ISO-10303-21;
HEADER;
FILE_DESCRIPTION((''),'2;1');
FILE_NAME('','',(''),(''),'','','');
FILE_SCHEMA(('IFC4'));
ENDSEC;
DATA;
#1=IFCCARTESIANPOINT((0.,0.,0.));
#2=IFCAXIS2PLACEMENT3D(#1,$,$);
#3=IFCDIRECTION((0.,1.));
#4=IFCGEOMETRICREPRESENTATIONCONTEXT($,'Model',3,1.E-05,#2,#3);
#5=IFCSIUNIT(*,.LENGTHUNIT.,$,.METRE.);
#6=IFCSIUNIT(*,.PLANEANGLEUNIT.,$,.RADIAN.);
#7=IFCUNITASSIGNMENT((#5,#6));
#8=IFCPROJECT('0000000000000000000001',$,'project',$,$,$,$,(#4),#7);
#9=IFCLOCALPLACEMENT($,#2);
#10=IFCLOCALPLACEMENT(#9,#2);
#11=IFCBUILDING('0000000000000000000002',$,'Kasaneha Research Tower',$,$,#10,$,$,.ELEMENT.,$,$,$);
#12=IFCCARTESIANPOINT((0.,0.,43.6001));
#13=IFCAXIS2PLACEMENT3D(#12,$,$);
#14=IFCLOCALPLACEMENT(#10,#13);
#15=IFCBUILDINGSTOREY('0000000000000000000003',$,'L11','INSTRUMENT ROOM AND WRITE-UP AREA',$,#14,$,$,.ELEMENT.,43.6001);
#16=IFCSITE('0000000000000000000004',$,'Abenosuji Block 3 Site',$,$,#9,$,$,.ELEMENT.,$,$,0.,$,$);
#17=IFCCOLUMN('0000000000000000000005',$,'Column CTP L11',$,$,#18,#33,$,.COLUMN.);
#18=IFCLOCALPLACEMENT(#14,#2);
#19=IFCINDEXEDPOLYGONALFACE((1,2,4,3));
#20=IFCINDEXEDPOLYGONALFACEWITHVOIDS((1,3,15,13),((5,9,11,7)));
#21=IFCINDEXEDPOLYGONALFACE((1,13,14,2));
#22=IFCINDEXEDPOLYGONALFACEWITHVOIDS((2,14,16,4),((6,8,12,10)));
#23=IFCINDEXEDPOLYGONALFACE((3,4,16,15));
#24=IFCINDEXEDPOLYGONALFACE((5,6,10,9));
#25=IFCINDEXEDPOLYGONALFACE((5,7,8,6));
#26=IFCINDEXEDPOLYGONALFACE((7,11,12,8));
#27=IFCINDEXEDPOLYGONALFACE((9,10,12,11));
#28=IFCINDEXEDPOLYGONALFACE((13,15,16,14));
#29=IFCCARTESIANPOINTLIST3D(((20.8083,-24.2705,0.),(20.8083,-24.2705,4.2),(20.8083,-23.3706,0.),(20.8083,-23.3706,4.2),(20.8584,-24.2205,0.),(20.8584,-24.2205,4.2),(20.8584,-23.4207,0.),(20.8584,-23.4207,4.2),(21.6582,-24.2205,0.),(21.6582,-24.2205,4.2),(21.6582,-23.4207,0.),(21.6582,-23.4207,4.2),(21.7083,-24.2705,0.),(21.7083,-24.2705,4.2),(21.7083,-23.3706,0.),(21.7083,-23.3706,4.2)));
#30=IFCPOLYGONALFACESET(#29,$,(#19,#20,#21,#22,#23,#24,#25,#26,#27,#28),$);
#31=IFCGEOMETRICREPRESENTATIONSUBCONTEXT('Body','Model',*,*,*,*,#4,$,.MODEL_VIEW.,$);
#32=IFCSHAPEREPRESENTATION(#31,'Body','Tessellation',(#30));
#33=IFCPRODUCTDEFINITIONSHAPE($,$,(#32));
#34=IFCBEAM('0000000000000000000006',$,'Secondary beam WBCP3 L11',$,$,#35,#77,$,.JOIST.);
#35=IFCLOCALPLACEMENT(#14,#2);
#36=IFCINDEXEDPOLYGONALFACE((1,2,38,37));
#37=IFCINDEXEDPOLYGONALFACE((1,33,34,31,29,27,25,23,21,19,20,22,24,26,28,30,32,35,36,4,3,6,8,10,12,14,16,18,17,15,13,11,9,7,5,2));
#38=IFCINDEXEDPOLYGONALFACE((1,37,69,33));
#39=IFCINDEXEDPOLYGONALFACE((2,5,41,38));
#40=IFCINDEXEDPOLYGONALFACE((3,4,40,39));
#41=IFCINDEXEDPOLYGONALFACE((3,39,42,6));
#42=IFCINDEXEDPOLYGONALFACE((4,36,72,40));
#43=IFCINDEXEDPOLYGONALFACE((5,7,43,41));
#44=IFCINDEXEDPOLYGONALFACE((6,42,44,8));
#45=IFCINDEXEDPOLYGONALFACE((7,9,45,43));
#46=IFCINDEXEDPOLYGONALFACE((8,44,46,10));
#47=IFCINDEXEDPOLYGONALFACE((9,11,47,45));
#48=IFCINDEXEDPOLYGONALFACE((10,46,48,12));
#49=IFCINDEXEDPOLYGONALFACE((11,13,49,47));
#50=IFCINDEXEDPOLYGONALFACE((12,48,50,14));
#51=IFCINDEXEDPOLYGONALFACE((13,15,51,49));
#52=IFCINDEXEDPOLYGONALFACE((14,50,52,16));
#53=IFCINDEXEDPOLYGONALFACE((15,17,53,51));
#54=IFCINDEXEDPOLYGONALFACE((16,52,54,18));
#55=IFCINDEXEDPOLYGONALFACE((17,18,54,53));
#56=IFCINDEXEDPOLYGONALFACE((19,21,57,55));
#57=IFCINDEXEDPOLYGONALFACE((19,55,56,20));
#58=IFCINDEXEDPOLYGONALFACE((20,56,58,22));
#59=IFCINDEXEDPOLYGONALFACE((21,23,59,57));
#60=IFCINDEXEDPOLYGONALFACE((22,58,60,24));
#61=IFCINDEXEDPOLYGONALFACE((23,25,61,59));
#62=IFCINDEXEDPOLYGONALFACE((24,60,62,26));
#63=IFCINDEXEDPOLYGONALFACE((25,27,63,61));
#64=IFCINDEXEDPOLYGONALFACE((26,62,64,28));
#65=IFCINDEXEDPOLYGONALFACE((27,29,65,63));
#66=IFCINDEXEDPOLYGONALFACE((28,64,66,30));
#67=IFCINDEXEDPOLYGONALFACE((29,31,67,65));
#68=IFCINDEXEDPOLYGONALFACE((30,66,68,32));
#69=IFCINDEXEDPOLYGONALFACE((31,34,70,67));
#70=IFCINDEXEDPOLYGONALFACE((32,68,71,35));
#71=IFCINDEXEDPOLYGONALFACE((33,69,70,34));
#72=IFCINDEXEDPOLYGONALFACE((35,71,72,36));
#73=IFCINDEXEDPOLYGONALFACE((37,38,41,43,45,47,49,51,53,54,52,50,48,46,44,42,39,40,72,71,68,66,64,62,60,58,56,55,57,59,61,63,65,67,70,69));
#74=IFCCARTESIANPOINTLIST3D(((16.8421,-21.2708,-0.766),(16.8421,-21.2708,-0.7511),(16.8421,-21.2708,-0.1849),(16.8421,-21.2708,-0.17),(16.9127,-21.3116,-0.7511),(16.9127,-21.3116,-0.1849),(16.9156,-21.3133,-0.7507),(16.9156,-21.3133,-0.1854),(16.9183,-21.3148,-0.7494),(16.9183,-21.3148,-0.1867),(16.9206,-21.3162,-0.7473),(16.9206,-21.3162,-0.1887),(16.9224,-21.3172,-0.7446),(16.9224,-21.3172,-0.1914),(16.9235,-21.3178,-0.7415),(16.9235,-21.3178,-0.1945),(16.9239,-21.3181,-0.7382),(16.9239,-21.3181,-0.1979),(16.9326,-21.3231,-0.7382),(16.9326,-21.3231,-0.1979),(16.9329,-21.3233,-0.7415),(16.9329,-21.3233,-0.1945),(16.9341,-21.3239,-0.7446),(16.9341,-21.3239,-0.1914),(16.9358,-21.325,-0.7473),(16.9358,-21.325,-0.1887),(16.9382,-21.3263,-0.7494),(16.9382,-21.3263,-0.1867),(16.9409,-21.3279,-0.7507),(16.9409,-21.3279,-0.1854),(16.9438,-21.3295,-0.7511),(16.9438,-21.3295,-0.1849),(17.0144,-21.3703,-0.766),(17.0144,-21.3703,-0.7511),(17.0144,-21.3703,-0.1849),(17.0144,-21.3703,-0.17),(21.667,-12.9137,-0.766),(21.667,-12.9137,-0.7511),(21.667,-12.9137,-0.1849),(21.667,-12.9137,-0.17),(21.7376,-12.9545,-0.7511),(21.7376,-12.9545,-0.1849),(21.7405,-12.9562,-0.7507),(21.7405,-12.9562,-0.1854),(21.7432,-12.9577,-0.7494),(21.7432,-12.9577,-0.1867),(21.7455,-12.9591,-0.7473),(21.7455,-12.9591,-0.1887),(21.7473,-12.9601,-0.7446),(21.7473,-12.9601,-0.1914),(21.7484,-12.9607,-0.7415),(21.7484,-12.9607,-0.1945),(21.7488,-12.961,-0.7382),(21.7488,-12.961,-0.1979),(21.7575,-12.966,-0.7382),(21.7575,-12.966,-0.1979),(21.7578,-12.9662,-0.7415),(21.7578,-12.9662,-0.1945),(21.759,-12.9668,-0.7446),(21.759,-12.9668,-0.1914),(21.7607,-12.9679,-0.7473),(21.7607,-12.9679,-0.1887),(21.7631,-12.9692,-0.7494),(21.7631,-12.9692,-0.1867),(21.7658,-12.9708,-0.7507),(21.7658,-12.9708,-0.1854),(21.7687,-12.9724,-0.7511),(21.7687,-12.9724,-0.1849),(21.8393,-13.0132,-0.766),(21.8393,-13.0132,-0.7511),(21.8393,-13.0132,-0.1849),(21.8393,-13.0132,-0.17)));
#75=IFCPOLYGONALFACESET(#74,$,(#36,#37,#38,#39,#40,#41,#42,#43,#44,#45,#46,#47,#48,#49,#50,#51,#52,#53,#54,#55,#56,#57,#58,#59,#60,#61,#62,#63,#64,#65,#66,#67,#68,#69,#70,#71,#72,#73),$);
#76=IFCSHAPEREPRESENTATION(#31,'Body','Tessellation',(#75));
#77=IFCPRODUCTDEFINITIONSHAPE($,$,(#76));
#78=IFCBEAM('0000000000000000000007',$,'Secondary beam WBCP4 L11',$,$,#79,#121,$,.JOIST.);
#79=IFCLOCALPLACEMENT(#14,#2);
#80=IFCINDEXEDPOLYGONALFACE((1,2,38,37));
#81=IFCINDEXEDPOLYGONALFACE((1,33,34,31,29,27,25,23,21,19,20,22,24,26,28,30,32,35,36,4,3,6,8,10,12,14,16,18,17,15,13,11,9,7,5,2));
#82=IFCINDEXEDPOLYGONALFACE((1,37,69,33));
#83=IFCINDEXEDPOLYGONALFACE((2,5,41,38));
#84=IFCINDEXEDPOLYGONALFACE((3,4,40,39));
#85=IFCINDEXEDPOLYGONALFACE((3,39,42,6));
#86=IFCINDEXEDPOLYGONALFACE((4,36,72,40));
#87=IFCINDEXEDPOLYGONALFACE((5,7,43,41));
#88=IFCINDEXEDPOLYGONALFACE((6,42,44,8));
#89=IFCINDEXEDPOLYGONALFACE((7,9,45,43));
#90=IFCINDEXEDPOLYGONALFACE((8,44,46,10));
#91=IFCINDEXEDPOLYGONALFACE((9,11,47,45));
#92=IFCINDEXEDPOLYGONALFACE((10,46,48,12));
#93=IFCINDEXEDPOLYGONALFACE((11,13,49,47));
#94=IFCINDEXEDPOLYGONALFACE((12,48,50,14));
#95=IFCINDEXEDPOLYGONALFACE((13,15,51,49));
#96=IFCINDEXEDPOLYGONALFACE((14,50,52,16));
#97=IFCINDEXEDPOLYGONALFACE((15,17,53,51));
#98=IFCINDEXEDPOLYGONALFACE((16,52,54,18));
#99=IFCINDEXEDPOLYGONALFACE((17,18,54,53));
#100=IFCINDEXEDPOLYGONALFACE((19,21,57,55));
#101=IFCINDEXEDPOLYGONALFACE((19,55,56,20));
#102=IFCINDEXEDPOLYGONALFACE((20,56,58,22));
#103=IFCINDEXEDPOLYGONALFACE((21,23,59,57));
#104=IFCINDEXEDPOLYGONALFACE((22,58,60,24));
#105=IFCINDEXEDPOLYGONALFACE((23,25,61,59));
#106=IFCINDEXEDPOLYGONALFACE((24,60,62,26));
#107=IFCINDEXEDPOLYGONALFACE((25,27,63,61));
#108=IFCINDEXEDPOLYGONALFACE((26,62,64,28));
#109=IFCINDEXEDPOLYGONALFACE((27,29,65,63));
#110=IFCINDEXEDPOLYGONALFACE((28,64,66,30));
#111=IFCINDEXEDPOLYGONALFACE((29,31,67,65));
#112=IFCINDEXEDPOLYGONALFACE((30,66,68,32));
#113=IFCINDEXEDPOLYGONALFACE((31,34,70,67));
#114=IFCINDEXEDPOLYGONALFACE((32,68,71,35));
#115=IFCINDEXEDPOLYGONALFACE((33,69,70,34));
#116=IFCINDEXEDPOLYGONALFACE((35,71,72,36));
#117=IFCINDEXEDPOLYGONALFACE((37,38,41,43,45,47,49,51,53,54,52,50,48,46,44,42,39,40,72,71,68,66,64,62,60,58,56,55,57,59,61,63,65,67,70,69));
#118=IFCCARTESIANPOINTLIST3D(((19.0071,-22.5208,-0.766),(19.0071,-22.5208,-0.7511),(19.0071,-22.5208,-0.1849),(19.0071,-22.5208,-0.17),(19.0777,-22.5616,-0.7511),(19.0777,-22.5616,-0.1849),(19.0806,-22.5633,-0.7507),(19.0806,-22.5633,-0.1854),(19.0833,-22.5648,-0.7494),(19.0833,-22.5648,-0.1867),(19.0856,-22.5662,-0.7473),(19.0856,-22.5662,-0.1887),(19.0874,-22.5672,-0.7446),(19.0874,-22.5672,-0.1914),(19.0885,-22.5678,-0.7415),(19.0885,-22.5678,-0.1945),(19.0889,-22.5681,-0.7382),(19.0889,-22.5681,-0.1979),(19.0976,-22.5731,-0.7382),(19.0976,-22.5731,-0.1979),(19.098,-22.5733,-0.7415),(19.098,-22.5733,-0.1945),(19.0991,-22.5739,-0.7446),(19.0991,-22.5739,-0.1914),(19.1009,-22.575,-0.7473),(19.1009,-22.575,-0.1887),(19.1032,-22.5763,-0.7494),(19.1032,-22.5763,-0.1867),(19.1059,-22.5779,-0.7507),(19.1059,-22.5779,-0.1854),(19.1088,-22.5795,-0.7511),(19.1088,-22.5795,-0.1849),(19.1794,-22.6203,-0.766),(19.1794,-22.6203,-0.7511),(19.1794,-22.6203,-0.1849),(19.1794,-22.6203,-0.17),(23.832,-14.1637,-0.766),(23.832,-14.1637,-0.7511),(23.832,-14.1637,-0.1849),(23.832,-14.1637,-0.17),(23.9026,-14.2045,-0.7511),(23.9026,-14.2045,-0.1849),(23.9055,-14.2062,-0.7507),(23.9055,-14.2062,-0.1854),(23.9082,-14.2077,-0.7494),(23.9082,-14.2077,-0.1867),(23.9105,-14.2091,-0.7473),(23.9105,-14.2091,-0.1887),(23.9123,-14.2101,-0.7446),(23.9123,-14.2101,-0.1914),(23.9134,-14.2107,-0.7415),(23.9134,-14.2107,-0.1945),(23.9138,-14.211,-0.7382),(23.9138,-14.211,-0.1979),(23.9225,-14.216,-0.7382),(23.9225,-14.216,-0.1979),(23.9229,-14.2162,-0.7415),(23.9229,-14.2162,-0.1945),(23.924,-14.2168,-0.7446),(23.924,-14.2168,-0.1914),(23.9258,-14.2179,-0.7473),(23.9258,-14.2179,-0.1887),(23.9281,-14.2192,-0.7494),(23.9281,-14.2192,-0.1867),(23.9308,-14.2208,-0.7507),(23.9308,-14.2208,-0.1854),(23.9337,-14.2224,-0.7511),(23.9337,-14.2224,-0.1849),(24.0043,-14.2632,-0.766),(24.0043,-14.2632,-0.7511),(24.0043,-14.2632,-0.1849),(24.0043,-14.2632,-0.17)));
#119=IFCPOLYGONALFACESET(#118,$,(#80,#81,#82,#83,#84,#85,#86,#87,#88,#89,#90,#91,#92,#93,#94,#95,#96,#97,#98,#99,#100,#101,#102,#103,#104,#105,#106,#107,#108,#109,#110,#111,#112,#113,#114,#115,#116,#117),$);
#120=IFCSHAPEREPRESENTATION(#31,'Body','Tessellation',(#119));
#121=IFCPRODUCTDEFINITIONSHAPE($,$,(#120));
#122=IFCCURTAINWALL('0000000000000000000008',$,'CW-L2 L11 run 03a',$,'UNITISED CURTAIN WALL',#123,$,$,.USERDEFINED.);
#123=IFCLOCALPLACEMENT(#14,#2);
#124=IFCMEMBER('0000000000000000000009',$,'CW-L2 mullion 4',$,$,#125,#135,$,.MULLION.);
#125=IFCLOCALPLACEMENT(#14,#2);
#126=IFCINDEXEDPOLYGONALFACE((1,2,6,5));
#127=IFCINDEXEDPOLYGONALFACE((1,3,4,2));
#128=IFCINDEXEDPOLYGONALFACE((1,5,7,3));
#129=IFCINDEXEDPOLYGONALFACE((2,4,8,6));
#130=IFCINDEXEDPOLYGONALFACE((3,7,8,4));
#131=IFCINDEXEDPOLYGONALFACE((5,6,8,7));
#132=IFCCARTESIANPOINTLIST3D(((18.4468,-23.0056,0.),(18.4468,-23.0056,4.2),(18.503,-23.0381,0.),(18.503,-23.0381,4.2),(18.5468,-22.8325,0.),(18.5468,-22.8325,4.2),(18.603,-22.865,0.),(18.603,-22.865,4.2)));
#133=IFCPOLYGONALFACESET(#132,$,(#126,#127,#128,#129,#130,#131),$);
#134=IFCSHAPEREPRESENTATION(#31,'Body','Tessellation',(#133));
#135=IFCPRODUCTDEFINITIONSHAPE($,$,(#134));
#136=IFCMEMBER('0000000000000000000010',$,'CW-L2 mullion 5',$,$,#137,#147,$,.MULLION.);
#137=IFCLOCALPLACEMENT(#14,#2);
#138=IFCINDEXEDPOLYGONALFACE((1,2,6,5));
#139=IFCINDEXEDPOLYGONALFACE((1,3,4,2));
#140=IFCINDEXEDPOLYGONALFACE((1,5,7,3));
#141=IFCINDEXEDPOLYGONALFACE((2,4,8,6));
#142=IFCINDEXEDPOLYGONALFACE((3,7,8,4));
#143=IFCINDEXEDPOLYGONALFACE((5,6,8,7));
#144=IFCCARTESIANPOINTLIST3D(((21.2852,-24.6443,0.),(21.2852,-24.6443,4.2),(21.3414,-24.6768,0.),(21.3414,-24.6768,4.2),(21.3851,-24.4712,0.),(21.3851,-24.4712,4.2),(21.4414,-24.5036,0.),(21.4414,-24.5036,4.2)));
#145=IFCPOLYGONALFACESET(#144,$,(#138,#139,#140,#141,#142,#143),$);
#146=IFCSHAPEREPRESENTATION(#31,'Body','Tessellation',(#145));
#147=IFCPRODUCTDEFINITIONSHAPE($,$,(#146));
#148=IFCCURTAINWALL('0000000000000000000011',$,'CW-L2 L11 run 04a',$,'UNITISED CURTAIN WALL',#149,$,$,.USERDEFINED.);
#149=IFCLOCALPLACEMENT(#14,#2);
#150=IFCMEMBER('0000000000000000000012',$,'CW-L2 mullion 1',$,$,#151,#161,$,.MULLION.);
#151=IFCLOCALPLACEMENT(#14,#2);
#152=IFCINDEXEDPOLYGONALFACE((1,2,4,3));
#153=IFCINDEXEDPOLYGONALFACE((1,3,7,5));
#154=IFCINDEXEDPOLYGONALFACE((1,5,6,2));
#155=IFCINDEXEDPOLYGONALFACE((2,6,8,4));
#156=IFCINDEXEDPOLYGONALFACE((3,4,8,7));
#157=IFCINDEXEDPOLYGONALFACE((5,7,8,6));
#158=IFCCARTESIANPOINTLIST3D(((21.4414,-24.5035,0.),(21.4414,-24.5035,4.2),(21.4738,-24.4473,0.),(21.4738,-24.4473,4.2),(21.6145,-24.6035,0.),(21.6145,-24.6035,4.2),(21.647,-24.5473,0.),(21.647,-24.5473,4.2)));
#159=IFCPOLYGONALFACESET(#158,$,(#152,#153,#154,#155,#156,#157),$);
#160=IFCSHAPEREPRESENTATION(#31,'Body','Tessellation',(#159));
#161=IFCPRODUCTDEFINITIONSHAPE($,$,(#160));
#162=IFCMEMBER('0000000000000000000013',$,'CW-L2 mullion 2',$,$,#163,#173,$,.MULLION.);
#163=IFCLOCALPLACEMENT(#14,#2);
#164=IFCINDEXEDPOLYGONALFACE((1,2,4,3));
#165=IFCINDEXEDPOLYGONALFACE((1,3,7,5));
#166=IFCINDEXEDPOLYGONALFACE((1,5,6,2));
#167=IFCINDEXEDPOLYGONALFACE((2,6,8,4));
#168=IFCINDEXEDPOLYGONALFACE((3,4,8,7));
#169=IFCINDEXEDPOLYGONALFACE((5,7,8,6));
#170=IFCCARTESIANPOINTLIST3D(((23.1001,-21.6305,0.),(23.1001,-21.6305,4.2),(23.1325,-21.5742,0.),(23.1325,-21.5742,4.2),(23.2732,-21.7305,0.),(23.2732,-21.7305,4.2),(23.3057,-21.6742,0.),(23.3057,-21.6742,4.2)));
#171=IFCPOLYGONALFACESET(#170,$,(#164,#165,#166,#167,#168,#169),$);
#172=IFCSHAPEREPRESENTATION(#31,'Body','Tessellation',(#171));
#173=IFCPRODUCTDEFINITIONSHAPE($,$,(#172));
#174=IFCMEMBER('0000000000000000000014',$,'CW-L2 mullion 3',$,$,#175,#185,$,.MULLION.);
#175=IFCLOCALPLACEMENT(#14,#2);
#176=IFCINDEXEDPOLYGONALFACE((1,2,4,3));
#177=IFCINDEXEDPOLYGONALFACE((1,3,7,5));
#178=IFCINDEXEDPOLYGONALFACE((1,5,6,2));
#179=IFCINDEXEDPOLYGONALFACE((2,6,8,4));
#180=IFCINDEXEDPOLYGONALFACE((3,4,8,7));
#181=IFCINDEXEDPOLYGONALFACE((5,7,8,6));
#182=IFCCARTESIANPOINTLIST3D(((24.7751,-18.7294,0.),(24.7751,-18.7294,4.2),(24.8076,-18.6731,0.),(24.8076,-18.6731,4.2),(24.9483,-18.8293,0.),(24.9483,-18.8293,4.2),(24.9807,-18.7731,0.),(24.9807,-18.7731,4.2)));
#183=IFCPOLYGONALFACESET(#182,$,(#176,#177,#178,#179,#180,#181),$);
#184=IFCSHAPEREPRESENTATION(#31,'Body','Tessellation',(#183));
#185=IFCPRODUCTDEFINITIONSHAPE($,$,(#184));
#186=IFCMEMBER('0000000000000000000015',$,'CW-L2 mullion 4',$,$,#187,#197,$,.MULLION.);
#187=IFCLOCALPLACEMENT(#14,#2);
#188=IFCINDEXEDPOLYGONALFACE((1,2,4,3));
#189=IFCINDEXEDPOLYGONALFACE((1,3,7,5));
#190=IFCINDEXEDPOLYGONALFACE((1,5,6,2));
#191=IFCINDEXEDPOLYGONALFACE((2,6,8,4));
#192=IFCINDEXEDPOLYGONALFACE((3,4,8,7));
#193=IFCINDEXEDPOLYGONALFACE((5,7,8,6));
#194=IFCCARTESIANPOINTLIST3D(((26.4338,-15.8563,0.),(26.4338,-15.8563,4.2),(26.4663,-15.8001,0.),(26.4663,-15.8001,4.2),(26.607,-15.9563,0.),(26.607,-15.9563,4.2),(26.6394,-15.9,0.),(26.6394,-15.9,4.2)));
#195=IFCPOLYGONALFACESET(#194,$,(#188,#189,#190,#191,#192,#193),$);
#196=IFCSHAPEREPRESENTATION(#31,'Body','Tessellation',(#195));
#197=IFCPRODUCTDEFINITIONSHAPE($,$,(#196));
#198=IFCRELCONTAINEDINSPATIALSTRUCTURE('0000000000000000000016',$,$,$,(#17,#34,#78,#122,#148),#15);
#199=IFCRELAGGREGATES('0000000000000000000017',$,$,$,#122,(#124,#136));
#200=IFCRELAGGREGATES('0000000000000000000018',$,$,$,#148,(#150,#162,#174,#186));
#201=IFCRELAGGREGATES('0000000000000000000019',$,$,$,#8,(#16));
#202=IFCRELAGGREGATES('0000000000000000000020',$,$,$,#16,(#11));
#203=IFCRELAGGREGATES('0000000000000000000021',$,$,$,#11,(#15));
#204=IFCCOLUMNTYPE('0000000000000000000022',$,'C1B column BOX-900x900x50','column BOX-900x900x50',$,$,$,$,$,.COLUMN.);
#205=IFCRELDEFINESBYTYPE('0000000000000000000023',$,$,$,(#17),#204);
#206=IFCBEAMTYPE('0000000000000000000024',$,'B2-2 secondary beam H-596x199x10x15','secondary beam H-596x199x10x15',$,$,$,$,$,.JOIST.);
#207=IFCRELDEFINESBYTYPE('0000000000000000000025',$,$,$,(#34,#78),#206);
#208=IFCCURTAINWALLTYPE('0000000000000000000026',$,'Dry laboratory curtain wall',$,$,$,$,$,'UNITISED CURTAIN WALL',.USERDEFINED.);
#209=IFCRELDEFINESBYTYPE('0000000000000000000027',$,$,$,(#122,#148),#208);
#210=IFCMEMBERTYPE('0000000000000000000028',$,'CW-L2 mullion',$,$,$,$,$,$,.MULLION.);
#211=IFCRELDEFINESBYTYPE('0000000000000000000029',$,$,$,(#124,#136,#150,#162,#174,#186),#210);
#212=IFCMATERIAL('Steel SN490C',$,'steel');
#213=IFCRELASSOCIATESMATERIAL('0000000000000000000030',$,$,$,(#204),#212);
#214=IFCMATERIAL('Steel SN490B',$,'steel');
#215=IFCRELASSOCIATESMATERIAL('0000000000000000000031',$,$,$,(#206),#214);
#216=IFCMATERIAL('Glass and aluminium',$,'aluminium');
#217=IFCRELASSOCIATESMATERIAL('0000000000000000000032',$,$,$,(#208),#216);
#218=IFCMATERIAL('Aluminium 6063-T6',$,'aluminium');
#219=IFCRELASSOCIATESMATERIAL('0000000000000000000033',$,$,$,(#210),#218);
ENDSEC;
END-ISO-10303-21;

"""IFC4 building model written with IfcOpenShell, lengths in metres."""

from ifc_helpers import new_model, si_unit, direction, frame, origin, origin_2d, place, context, subcontext, project, spatial, rectangle, hollow_rectangle, i_section, extrude, material, material_profile, profile_set, type_object, element, aggregate, save


model = new_model("IFC4")

# Units and contexts
model_context = context("Model", 3, precision=1e-05, world=origin(), true_north=direction((0.0, 1.0)))
body_context = subcontext(model_context, "Body", "Model", "MODEL_VIEW")
ifc_project = project(units=[si_unit("LENGTHUNIT", "METRE"), si_unit("PLANEANGLEUNIT", "RADIAN")], contexts=[model_context])

# Site, building, storey
site_placement = place(None, origin())
site = spatial("IfcSite", under=ifc_project, at=site_placement, Name="Abenosuji Block 3 Site", CompositionType="ELEMENT", RefElevation=0.0)
building_placement = place(site_placement, origin())
building = spatial("IfcBuilding", under=site, at=building_placement, Name="Kasaneha Research Tower", CompositionType="ELEMENT")
storey_placement = place(building_placement, frame((0.0, 0.0, 43.6001)))
storey = spatial("IfcBuildingStorey", under=building, at=storey_placement, Name="L11", Description="INSTRUMENT ROOM AND WRITE-UP AREA", CompositionType="ELEMENT", Elevation=43.6001)

# Column
ifc_material_1 = material(Name="Steel SN490C", Category="steel")
ifc_material_profile_1 = material_profile(ifc_material_1, hollow_rectangle(XDim=0.8999, YDim=0.8999, WallThickness=0.05, at=origin_2d()), Name="BOX-900x900x50")
ifc_profile_set_1 = profile_set([ifc_material_profile_1], Name="Steel SN490C")
column_type = type_object("IfcColumnType", Name="C1B column BOX-900x900x50", Description="column BOX-900x900x50", PredefinedType="COLUMN", material=ifc_profile_set_1)
column_placement = place(storey_placement, frame((21.2583, -23.8206, 0.0), z_axis=(0.0, 0.0, 1.0), x_axis=(1.0, 0.0, 0.0)))
element("IfcColumn", 1, at=column_placement, inside=storey, type_object=column_type, Name="Column CTP L11", PredefinedType="COLUMN", context=body_context, shape_type="SweptSolid", body=[
    extrude(hollow_rectangle(XDim=0.8999, YDim=0.8999, WallThickness=0.05, at=origin_2d()), origin(), (0.0, 0.0, 1.0), 4.2),
])

# Beams
ifc_material_2 = material(Name="Steel SN490B", Category="steel")
ifc_material_profile_2 = material_profile(ifc_material_2, i_section(OverallWidth=0.199, OverallDepth=0.5959, WebThickness=0.01, FlangeThickness=0.0149, FilletRadius=0.0129, at=origin_2d()), Name="H-596x199x10x15")
ifc_profile_set_2 = profile_set([ifc_material_profile_2], Name="Steel SN490B")
beam_type_1 = type_object("IfcBeamType", Name="B2-2 secondary beam H-596x199x10x15", Description="secondary beam H-596x199x10x15", PredefinedType="JOIST", material=ifc_profile_set_2)
for number, where, z_axis, x_axis, name in (
    (2, (16.9282, -21.3206, -0.468), (0.499995, 0.866028, 0.0), (-0.866028, 0.499995, 0.0), "Secondary beam WBCP3 L11"),
    (3, (19.0933, -22.5706, -0.468), (0.499995, 0.866028, 0.0), (-0.866028, 0.499995, 0.0), "Secondary beam WBCP4 L11"),
):
    element("IfcBeam", number, at=place(storey_placement, frame(where, z_axis=z_axis, x_axis=x_axis)), inside=storey, type_object=beam_type_1, Name=name, PredefinedType="JOIST", context=body_context, shape_type="SweptSolid", body=[
        extrude(i_section(OverallWidth=0.199, OverallDepth=0.5959, WebThickness=0.01, FlangeThickness=0.0149, FilletRadius=0.0129, at=origin_2d()), origin(), (0.0, 0.0, 1.0), 9.6499),
    ])

# Curtain walls, members
ifc_material_3 = material(Name="Glass and aluminium", Category="aluminium")
curtain_wall_type = type_object("IfcCurtainWallType", Name="Dry laboratory curtain wall", ElementType="UNITISED CURTAIN WALL", PredefinedType="USERDEFINED", material=ifc_material_3)
curtain_wall_1_placement = place(storey_placement, origin())
curtain_wall_1 = element("IfcCurtainWall", 4, at=curtain_wall_1_placement, inside=storey, type_object=curtain_wall_type, Name="CW-L2 L11 run 03a", ObjectType="UNITISED CURTAIN WALL", PredefinedType="USERDEFINED")
ifc_material_4 = material(Name="Aluminium 6063-T6", Category="aluminium")
ifc_material_profile_3 = material_profile(ifc_material_4, rectangle(XDim=0.0649, YDim=0.2, at=origin_2d()), Name="CW-L2 mullion 65x200")
ifc_profile_set_3 = profile_set([ifc_material_profile_3], Name="Aluminium 6063-T6")
member_type_1 = type_object("IfcMemberType", Name="CW-L2 mullion", PredefinedType="MULLION", material=ifc_profile_set_3)
member_1_placement = place(storey_placement, frame((18.5249, -22.9353, 0.0), z_axis=(0.0, 0.0, 1.0), x_axis=(0.866025, -0.5, 0.0)))
member_1 = element("IfcMember", 5, at=member_1_placement, type_object=member_type_1, Name="CW-L2 mullion 4", PredefinedType="MULLION", context=body_context, shape_type="SweptSolid", body=[
    extrude(rectangle(XDim=0.0649, YDim=0.2, at=origin_2d()), origin(), (0.0, 0.0, 1.0), 4.2),
])
member_2_placement = place(storey_placement, frame((21.3633, -24.574, 0.0), z_axis=(0.0, 0.0, 1.0), x_axis=(0.866025, -0.5, 0.0)))
member_2 = element("IfcMember", 6, at=member_2_placement, type_object=member_type_1, Name="CW-L2 mullion 5", PredefinedType="MULLION", context=body_context, shape_type="SweptSolid", body=[
    extrude(rectangle(XDim=0.0649, YDim=0.2, at=origin_2d()), origin(), (0.0, 0.0, 1.0), 4.2),
])
curtain_wall_2_placement = place(storey_placement, origin())
curtain_wall_2 = element("IfcCurtainWall", 7, at=curtain_wall_2_placement, inside=storey, type_object=curtain_wall_type, Name="CW-L2 L11 run 04a", ObjectType="UNITISED CURTAIN WALL", PredefinedType="USERDEFINED")
member_3_placement = place(storey_placement, frame((21.5442, -24.5254, 0.0), z_axis=(0.0, 0.0, 1.0), x_axis=(0.5, 0.866025, 0.0)))
member_3 = element("IfcMember", 8, at=member_3_placement, type_object=member_type_1, Name="CW-L2 mullion 1", PredefinedType="MULLION", context=body_context, shape_type="SweptSolid", body=[
    extrude(rectangle(XDim=0.0649, YDim=0.2, at=origin_2d()), origin(), (0.0, 0.0, 1.0), 4.2),
])
member_4_placement = place(storey_placement, frame((23.2029, -21.6523, 0.0), z_axis=(0.0, 0.0, 1.0), x_axis=(0.5, 0.866025, 0.0)))
member_4 = element("IfcMember", 9, at=member_4_placement, type_object=member_type_1, Name="CW-L2 mullion 2", PredefinedType="MULLION", context=body_context, shape_type="SweptSolid", body=[
    extrude(rectangle(XDim=0.0649, YDim=0.2, at=origin_2d()), origin(), (0.0, 0.0, 1.0), 4.2),
])
member_5_placement = place(storey_placement, frame((24.8779, -18.7512, 0.0), z_axis=(0.0, 0.0, 1.0), x_axis=(0.5, 0.866025, 0.0)))
member_5 = element("IfcMember", 10, at=member_5_placement, type_object=member_type_1, Name="CW-L2 mullion 3", PredefinedType="MULLION", context=body_context, shape_type="SweptSolid", body=[
    extrude(rectangle(XDim=0.0649, YDim=0.2, at=origin_2d()), origin(), (0.0, 0.0, 1.0), 4.2),
])
member_6_placement = place(storey_placement, frame((26.5366, -15.8782, 0.0), z_axis=(0.0, 0.0, 1.0), x_axis=(0.5, 0.866025, 0.0)))
member_6 = element("IfcMember", 11, at=member_6_placement, type_object=member_type_1, Name="CW-L2 mullion 4", PredefinedType="MULLION", context=body_context, shape_type="SweptSolid", body=[
    extrude(rectangle(XDim=0.0649, YDim=0.2, at=origin_2d()), origin(), (0.0, 0.0, 1.0), 4.2),
])

aggregate(curtain_wall_1, [member_1, member_2])
aggregate(curtain_wall_2, [member_3, member_4, member_5, member_6])

save(model, "model.ifc")
